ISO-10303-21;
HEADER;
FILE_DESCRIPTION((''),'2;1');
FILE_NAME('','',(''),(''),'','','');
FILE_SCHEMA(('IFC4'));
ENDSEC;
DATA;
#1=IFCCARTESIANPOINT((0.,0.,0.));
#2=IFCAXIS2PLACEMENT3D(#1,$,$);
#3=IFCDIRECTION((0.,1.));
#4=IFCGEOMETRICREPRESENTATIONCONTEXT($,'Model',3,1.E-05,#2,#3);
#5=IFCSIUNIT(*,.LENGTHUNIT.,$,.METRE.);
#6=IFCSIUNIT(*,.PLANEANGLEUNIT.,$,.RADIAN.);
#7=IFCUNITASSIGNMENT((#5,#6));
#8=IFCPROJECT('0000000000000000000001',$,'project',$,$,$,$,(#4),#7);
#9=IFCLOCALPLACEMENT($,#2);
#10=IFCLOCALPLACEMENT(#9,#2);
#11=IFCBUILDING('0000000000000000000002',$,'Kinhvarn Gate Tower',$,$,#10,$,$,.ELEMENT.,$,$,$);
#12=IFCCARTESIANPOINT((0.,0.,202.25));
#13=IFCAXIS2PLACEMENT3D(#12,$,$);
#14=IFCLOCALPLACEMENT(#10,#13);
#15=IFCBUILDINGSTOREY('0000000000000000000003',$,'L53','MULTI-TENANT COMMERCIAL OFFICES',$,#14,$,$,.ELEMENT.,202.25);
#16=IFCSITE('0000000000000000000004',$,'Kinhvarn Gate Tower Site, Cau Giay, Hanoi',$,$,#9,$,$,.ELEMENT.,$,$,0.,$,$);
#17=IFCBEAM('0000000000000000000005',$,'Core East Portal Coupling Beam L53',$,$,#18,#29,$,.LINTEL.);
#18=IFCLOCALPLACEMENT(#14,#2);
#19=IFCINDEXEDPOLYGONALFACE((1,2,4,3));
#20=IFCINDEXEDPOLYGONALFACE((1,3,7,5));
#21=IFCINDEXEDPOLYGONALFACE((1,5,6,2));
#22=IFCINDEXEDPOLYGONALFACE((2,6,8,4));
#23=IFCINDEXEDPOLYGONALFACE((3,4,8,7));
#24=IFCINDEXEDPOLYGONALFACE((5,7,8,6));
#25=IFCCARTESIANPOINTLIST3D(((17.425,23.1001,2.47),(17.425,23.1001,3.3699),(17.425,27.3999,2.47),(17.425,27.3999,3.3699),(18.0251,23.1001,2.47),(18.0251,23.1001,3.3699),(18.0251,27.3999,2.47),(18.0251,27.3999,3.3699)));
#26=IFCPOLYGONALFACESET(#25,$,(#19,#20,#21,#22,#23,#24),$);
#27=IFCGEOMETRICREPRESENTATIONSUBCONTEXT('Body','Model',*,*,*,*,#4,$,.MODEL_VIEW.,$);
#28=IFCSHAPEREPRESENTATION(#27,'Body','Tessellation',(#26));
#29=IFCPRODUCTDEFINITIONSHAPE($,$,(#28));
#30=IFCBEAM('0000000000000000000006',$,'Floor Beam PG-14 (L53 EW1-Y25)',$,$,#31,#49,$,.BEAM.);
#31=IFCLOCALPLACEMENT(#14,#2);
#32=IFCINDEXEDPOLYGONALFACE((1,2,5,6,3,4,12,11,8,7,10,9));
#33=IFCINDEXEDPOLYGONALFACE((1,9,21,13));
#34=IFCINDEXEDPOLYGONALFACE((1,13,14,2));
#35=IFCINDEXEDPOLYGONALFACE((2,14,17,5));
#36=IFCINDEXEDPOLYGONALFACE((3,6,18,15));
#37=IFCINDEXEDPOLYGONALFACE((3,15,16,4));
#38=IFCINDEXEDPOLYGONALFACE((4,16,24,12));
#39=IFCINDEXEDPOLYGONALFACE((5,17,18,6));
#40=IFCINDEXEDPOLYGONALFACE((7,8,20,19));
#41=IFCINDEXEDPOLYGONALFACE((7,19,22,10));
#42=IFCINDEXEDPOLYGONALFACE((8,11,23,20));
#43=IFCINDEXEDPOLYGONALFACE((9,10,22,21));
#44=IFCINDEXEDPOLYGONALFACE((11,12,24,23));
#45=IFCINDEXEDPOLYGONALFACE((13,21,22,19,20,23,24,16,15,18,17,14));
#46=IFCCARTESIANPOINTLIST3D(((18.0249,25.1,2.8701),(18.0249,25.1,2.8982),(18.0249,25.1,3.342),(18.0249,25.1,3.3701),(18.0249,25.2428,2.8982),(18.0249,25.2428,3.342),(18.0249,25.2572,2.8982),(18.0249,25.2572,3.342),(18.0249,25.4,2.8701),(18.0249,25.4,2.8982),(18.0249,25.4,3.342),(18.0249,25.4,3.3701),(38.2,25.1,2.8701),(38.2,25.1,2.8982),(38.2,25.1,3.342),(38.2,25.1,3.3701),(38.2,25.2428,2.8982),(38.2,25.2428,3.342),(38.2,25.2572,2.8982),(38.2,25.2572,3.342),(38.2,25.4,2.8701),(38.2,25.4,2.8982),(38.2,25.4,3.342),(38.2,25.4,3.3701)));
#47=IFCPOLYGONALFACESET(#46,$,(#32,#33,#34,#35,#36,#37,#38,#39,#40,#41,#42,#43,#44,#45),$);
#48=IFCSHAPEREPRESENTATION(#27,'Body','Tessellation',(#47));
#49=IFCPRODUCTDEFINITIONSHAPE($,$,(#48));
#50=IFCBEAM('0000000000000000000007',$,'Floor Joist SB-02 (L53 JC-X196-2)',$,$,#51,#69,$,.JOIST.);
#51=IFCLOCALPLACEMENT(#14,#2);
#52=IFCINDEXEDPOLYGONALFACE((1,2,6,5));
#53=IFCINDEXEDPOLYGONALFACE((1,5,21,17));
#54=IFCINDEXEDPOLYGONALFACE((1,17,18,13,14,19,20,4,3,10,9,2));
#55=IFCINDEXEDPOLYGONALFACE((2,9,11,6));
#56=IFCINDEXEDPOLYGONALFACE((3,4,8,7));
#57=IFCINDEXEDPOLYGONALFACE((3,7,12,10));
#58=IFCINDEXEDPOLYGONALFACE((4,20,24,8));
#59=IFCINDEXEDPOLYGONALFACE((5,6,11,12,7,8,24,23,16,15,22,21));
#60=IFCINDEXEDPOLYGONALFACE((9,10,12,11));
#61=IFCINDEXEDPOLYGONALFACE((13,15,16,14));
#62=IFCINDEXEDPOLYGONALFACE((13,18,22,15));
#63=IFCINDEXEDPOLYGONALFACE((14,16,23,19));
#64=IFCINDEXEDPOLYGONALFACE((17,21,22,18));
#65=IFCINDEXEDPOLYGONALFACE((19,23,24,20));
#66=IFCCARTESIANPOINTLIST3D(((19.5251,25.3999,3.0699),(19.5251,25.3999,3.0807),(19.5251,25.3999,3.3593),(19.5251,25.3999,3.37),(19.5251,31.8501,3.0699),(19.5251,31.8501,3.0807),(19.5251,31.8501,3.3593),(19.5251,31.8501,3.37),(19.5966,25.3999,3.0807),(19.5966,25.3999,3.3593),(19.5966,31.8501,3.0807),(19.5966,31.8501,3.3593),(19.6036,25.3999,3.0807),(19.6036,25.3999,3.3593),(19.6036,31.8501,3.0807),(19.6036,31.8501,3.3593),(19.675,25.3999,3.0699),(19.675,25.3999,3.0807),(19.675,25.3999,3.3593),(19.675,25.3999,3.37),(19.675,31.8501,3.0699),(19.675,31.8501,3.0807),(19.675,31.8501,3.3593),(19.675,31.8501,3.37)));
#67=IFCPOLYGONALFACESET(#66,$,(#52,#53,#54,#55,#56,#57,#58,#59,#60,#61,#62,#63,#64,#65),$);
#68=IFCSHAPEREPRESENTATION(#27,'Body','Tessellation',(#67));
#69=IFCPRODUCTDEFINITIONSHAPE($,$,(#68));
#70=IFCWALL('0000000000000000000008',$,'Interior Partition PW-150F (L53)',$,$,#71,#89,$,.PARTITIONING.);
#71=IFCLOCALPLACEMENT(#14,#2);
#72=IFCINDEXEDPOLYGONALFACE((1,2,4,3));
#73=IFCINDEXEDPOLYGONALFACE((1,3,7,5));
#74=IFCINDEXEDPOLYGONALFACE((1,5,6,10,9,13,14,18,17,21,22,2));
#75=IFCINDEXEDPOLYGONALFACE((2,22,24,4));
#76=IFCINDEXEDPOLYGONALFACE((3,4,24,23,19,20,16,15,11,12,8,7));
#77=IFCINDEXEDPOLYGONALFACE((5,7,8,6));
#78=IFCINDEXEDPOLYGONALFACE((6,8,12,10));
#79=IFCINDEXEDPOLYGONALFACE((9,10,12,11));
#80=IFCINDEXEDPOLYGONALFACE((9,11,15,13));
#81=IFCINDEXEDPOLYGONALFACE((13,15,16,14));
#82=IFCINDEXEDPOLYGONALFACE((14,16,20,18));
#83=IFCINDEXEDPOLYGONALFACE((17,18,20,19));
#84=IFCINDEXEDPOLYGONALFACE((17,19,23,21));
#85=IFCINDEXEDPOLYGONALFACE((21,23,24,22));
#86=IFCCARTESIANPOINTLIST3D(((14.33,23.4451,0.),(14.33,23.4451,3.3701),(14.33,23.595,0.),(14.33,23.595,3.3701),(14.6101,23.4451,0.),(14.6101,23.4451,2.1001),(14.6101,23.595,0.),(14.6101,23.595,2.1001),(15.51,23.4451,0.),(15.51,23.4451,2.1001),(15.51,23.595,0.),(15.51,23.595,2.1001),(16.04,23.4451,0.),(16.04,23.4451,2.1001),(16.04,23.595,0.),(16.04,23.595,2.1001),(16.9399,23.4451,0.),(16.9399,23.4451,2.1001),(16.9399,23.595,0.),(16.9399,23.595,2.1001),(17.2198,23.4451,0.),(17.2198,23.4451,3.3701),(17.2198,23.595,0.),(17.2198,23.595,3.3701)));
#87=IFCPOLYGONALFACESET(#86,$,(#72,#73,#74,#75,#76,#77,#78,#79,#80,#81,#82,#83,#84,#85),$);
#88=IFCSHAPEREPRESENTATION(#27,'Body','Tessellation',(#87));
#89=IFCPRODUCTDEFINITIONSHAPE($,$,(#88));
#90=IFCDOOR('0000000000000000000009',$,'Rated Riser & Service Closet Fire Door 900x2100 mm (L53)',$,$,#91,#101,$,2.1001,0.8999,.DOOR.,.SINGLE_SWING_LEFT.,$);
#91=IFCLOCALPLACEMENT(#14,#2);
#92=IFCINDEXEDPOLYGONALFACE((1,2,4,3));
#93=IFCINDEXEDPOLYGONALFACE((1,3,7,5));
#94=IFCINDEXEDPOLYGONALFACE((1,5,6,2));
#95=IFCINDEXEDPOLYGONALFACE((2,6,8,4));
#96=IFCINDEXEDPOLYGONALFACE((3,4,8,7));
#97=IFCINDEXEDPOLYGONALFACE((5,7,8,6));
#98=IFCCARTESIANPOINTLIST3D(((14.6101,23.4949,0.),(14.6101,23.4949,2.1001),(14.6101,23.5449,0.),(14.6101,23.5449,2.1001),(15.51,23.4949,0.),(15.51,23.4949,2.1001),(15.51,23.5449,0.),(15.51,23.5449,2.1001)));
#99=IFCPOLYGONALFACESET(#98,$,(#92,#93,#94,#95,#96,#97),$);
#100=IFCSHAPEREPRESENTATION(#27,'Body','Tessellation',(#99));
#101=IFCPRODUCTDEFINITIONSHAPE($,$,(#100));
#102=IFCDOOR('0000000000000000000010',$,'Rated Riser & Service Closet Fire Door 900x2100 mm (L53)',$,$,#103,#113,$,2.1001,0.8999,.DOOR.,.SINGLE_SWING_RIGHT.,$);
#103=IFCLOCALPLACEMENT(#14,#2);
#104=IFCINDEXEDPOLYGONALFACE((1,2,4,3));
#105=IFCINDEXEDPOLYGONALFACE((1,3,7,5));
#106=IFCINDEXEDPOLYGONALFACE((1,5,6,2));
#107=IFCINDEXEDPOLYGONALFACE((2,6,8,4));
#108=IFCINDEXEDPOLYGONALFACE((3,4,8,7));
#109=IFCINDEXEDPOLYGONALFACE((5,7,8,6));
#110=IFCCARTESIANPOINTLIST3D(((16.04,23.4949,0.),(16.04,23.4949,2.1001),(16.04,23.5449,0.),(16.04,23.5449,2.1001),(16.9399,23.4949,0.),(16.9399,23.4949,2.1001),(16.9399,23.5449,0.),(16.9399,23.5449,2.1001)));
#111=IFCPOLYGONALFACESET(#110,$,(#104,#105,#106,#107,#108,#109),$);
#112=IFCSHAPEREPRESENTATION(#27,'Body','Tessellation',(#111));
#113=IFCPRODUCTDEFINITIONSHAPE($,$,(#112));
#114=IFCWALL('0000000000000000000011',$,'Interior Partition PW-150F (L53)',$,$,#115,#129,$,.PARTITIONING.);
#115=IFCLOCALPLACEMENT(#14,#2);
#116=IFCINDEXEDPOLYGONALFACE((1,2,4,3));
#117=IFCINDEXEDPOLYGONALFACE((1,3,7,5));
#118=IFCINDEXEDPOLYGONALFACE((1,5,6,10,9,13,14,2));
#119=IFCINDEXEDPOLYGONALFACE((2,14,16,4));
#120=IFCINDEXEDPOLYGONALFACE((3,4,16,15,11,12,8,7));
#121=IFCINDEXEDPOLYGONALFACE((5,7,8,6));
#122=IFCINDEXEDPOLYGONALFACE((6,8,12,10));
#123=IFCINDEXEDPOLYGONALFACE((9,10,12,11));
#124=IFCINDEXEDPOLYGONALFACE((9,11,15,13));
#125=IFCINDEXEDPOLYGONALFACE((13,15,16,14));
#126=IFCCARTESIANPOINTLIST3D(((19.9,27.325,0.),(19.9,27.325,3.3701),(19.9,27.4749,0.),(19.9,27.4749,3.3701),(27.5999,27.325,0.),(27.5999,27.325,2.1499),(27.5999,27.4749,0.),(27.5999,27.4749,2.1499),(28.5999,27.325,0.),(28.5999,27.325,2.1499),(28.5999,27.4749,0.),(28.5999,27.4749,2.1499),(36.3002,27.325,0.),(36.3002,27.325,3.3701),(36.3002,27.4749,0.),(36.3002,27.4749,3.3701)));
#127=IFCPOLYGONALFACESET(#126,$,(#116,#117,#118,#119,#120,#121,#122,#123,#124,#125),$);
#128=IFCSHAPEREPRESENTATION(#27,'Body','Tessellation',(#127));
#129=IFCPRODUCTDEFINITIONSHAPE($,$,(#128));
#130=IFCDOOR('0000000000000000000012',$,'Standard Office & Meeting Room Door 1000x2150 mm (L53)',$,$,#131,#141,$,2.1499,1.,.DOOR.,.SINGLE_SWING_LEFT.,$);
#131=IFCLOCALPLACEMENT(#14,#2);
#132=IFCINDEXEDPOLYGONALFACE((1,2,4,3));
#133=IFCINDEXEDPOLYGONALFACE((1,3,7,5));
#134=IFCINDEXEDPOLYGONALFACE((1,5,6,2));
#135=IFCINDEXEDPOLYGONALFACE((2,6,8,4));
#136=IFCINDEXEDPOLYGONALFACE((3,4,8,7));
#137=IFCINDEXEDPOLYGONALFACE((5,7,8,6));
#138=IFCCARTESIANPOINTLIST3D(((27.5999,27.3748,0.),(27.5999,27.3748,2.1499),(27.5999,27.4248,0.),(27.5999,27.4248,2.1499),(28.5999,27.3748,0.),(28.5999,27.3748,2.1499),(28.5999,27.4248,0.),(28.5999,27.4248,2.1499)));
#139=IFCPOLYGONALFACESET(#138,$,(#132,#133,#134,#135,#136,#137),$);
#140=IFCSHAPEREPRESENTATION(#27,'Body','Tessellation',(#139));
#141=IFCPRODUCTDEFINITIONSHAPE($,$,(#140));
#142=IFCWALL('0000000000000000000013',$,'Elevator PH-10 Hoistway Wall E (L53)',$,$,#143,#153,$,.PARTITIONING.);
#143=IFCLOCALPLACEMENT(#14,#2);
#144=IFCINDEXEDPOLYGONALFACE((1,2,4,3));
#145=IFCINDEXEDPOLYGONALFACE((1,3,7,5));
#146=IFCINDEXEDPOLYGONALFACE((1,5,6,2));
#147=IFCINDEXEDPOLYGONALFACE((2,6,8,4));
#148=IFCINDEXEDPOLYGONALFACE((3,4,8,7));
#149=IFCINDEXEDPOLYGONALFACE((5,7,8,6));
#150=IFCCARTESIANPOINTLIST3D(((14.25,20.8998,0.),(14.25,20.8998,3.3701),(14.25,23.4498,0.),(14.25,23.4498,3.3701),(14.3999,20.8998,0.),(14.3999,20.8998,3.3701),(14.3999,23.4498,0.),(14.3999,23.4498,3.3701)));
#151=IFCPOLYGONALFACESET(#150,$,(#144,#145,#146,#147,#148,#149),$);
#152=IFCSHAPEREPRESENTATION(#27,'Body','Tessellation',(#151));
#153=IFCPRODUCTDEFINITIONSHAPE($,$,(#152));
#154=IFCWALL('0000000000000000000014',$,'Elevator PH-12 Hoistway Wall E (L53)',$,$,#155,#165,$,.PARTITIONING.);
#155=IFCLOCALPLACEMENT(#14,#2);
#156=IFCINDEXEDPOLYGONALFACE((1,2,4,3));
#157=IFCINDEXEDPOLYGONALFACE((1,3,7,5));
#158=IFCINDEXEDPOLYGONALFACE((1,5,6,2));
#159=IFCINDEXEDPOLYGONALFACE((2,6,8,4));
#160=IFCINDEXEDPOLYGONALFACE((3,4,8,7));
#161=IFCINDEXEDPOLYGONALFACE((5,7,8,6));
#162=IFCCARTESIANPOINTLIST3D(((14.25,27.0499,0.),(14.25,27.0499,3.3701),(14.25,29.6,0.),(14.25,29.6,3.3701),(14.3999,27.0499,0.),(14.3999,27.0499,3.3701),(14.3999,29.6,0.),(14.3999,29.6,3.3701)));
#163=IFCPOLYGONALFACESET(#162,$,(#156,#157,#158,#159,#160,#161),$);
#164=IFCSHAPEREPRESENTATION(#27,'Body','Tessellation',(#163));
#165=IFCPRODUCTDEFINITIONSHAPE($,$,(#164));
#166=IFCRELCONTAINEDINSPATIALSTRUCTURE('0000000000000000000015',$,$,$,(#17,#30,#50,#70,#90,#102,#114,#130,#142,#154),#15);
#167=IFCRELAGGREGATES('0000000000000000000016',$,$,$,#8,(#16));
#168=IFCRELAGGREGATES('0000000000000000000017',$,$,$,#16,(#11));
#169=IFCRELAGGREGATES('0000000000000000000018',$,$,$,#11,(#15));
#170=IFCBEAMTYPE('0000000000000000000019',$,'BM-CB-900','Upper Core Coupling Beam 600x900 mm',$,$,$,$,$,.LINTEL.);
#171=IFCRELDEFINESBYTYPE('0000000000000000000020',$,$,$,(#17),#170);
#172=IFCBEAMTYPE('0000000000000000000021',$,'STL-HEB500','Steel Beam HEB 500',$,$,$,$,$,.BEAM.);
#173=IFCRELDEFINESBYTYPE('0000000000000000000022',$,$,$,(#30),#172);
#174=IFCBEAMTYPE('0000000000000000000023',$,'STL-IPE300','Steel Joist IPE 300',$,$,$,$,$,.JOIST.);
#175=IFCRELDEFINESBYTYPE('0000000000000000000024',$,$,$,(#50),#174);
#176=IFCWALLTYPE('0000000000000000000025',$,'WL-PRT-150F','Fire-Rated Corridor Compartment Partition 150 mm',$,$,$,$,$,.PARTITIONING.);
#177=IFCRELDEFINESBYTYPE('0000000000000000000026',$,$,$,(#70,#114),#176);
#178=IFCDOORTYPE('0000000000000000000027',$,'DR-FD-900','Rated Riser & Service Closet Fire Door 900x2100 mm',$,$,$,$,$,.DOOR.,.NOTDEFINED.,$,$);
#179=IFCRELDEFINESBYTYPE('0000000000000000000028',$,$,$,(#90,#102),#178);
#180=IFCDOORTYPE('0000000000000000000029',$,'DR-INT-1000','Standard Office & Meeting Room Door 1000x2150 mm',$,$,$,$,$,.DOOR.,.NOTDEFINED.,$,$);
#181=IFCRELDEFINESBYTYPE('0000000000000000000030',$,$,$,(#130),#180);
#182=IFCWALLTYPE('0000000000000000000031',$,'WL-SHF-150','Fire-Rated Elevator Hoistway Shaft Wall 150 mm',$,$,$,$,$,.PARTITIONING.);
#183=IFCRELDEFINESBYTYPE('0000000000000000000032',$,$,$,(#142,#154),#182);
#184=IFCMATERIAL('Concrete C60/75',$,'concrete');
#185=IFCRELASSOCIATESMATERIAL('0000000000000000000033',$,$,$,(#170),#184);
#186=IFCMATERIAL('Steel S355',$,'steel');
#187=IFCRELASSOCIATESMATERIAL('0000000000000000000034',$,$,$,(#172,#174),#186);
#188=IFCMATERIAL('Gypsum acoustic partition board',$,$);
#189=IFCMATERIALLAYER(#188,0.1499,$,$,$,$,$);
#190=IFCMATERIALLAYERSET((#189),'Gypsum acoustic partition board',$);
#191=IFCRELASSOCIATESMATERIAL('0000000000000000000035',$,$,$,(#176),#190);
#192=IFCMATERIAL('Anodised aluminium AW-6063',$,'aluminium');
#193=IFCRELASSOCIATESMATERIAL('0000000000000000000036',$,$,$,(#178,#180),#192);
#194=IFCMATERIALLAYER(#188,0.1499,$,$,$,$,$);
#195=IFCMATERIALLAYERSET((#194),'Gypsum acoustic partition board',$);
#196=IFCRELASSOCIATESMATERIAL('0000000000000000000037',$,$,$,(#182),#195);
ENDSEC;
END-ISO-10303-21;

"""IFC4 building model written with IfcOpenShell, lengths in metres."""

from ifc_helpers import new_model, si_unit, direction, frame, frame_2d, origin, origin_2d, place, context, subcontext, project, spatial, rectangle, i_section, extrude, material, layer, layer_set, material_profile, profile_set, type_object, element, fill, save


model = new_model("IFC4")

# Units and contexts
model_context = context("Model", 3, precision=1e-05, world=origin(), true_north=direction((0.0, 1.0)))
body_context = subcontext(model_context, "Body", "Model", "MODEL_VIEW")
ifc_project = project(units=[si_unit("LENGTHUNIT", "METRE"), si_unit("PLANEANGLEUNIT", "RADIAN")], contexts=[model_context])

# Site, building, storey
site_placement = place(None, origin())
site = spatial("IfcSite", under=ifc_project, at=site_placement, Name="Kinhvarn Gate Tower Site, Cau Giay, Hanoi", CompositionType="ELEMENT", RefElevation=0.0)
building_placement = place(site_placement, origin())
building = spatial("IfcBuilding", under=site, at=building_placement, Name="Kinhvarn Gate Tower", CompositionType="ELEMENT")
storey_placement = place(building_placement, frame((0.0, 0.0, 202.25)))
storey = spatial("IfcBuildingStorey", under=building, at=storey_placement, Name="L53", Description="MULTI-TENANT COMMERCIAL OFFICES", CompositionType="ELEMENT", Elevation=202.25)

# Beams
ifc_material_1 = material(Name="Concrete C60/75", Category="concrete")
ifc_material_profile_1 = material_profile(ifc_material_1, rectangle(XDim=0.6001, YDim=0.8999, at=origin_2d()), Name="RC 600x900")
ifc_profile_set_1 = profile_set([ifc_material_profile_1], Name="Concrete C60/75")
beam_type_1 = type_object("IfcBeamType", Name="BM-CB-900", Description="Upper Core Coupling Beam 600x900 mm", PredefinedType="LINTEL", material=ifc_profile_set_1)
beam_1_placement = place(storey_placement, frame((17.7251, 23.1001, 2.9199), z_axis=(0.0, 1.0, 0.0), x_axis=(-1.0, 0.0, 0.0)))
element("IfcBeam", 1, at=beam_1_placement, inside=storey, type_object=beam_type_1, Name="Core East Portal Coupling Beam L53", PredefinedType="LINTEL", context=body_context, shape_type="SweptSolid", body=[
    extrude(rectangle(XDim=0.6001, YDim=0.8999, at=origin_2d()), origin(), (0.0, 0.0, 1.0), 4.2998),
])
ifc_material_2 = material(Name="Steel S355", Category="steel")
ifc_material_profile_2 = material_profile(ifc_material_2, i_section(OverallWidth=0.3, OverallDepth=0.5, WebThickness=0.0144, FlangeThickness=0.0281, at=origin_2d()), Name="HEB 500")
ifc_profile_set_2 = profile_set([ifc_material_profile_2], Name="Steel S355")
beam_type_2 = type_object("IfcBeamType", Name="STL-HEB500", Description="Steel Beam HEB 500", PredefinedType="BEAM", material=ifc_profile_set_2)
beam_2_placement = place(storey_placement, frame((18.0249, 25.25, 3.1201), z_axis=(1.0, 0.0, 0.0), x_axis=(0.0, 1.0, 0.0)))
element("IfcBeam", 2, at=beam_2_placement, inside=storey, type_object=beam_type_2, Name="Floor Beam PG-14 (L53 EW1-Y25)", PredefinedType="BEAM", context=body_context, shape_type="SweptSolid", body=[
    extrude(i_section(OverallWidth=0.3, OverallDepth=0.5, WebThickness=0.0144, FlangeThickness=0.0281, at=origin_2d()), origin(), (0.0, 0.0, 1.0), 20.175),
])
ifc_material_profile_3 = material_profile(ifc_material_2, i_section(OverallWidth=0.1499, OverallDepth=0.3, WebThickness=0.0071, FlangeThickness=0.0107, at=origin_2d()), Name="IPE 300")
ifc_profile_set_3 = profile_set([ifc_material_profile_3], Name="Steel S355")
beam_type_3 = type_object("IfcBeamType", Name="STL-IPE300", Description="Steel Joist IPE 300", PredefinedType="JOIST", material=ifc_profile_set_3)
beam_3_placement = place(storey_placement, frame((19.6001, 25.3999, 3.22), z_axis=(0.0, 1.0, 0.0), x_axis=(-1.0, 0.0, 0.0)))
element("IfcBeam", 3, at=beam_3_placement, inside=storey, type_object=beam_type_3, Name="Floor Joist SB-02 (L53 JC-X196-2)", PredefinedType="JOIST", context=body_context, shape_type="SweptSolid", body=[
    extrude(i_section(OverallWidth=0.1499, OverallDepth=0.3, WebThickness=0.0071, FlangeThickness=0.0107, at=origin_2d()), origin(), (0.0, 0.0, 1.0), 6.4502),
])

# Shared definitions
ifc_material_3 = material(Name="Anodised aluminium AW-6063", Category="aluminium")

# Wall, openings, doors
ifc_material_4 = material(Name="Gypsum acoustic partition board")
ifc_layer_1 = layer(ifc_material_4, 0.1499)
ifc_layer_set_1 = layer_set([ifc_layer_1], Name="Gypsum acoustic partition board")
wall_type_1 = type_object("IfcWallType", Name="WL-PRT-150F", Description="Fire-Rated Corridor Compartment Partition 150 mm", PredefinedType="PARTITIONING", material=ifc_layer_set_1)
wall_1_placement = place(storey_placement, frame((14.3301, 23.52, 0.0), z_axis=(0.0, 0.0, 1.0), x_axis=(1.0, 0.0, 0.0)))
wall_1 = element("IfcWall", 4, at=wall_1_placement, inside=storey, type_object=wall_type_1, Name="Interior Partition PW-150F (L53)", PredefinedType="PARTITIONING", context=body_context, shape_type="SweptSolid", body=[
    extrude(rectangle(XDim=2.8899, YDim=0.1499, at=frame_2d((1.4448, 0.0))), origin(), (0.0, 0.0, 1.0), 3.3701),
])
opening_1_placement = place(wall_1_placement, frame((0.28, 0.0, 0.0)))
opening_1 = element("IfcOpeningElement", 5, at=opening_1_placement, cuts=wall_1, PredefinedType="OPENING", context=body_context, shape_type="SweptSolid", body=[
    extrude(rectangle(XDim=0.8999, YDim=2.1001, at=frame_2d((0.45, 1.05))), frame((0.0, 0.085, 0.0), z_axis=(0.0, -1.0, 0.0), x_axis=(1.0, 0.0, 0.0)), (0.0, 0.0, 1.0), 0.1699),
])
opening_2_placement = place(wall_1_placement, frame((1.71, 0.0, 0.0)))
opening_2 = element("IfcOpeningElement", 6, at=opening_2_placement, cuts=wall_1, PredefinedType="OPENING", context=body_context, shape_type="SweptSolid", body=[
    extrude(rectangle(XDim=0.8999, YDim=2.1001, at=frame_2d((0.45, 1.05))), frame((0.0, 0.085, 0.0), z_axis=(0.0, -1.0, 0.0), x_axis=(1.0, 0.0, 0.0)), (0.0, 0.0, 1.0), 0.1699),
])
door_type_1 = type_object("IfcDoorType", Name="DR-FD-900", Description="Rated Riser & Service Closet Fire Door 900x2100 mm", OperationType="NOTDEFINED", PredefinedType="DOOR", material=ifc_material_3)
door_1_placement = place(opening_1_placement, origin())
door_1 = element("IfcDoor", 7, at=door_1_placement, inside=storey, type_object=door_type_1, Name="Rated Riser & Service Closet Fire Door 900x2100 mm (L53)", OperationType="SINGLE_SWING_LEFT", OverallHeight=2.1001, OverallWidth=0.8999, PredefinedType="DOOR", context=body_context, shape_type="SweptSolid", body=[
    extrude(rectangle(XDim=0.8999, YDim=2.1001, at=frame_2d((0.45, 1.05))), frame((0.0, 0.0249, 0.0), z_axis=(0.0, -1.0, 0.0), x_axis=(1.0, 0.0, 0.0)), (0.0, 0.0, 1.0), 0.05),
])
fill(opening_1, door_1)
door_2_placement = place(opening_2_placement, origin())
door_2 = element("IfcDoor", 8, at=door_2_placement, inside=storey, type_object=door_type_1, Name="Rated Riser & Service Closet Fire Door 900x2100 mm (L53)", OperationType="SINGLE_SWING_RIGHT", OverallHeight=2.1001, OverallWidth=0.8999, PredefinedType="DOOR", context=body_context, shape_type="SweptSolid", body=[
    extrude(rectangle(XDim=0.8999, YDim=2.1001, at=frame_2d((0.45, 1.05))), frame((0.0, 0.0249, 0.0), z_axis=(0.0, -1.0, 0.0), x_axis=(1.0, 0.0, 0.0)), (0.0, 0.0, 1.0), 0.05),
])
fill(opening_2, door_2)

# Wall, opening, door
wall_2_placement = place(storey_placement, frame((19.8999, 27.3999, 0.0), z_axis=(0.0, 0.0, 1.0), x_axis=(1.0, 0.0, 0.0)))
wall_2 = element("IfcWall", 9, at=wall_2_placement, inside=storey, type_object=wall_type_1, Name="Interior Partition PW-150F (L53)", PredefinedType="PARTITIONING", context=body_context, shape_type="SweptSolid", body=[
    extrude(rectangle(XDim=16.4001, YDim=0.1499, at=frame_2d((8.2002, 0.0))), origin(), (0.0, 0.0, 1.0), 3.3701),
])
opening_3_placement = place(wall_2_placement, frame((7.7, 0.0, 0.0)))
opening_3 = element("IfcOpeningElement", 10, at=opening_3_placement, cuts=wall_2, PredefinedType="OPENING", context=body_context, shape_type="SweptSolid", body=[
    extrude(rectangle(XDim=1.0, YDim=2.1499, at=frame_2d((0.5, 1.075))), frame((0.0, 0.085, 0.0), z_axis=(0.0, -1.0, 0.0), x_axis=(1.0, 0.0, 0.0)), (0.0, 0.0, 1.0), 0.1699),
])
door_type_2 = type_object("IfcDoorType", Name="DR-INT-1000", Description="Standard Office & Meeting Room Door 1000x2150 mm", OperationType="NOTDEFINED", PredefinedType="DOOR", material=ifc_material_3)
door_3_placement = place(opening_3_placement, origin())
door_3 = element("IfcDoor", 11, at=door_3_placement, inside=storey, type_object=door_type_2, Name="Standard Office & Meeting Room Door 1000x2150 mm (L53)", OperationType="SINGLE_SWING_LEFT", OverallHeight=2.1499, OverallWidth=1.0, PredefinedType="DOOR", context=body_context, shape_type="SweptSolid", body=[
    extrude(rectangle(XDim=1.0, YDim=2.1499, at=frame_2d((0.5, 1.075))), frame((0.0, 0.0249, 0.0), z_axis=(0.0, -1.0, 0.0), x_axis=(1.0, 0.0, 0.0)), (0.0, 0.0, 1.0), 0.05),
])
fill(opening_3, door_3)

# Walls
ifc_layer_2 = layer(ifc_material_4, 0.1499)
ifc_layer_set_2 = layer_set([ifc_layer_2], Name="Gypsum acoustic partition board")
wall_type_2 = type_object("IfcWallType", Name="WL-SHF-150", Description="Fire-Rated Elevator Hoistway Shaft Wall 150 mm", PredefinedType="PARTITIONING", material=ifc_layer_set_2)
for number, where, z_axis, x_axis, name in (
    (12, (14.325, 20.8999, 0.0), (0.0, 0.0, 1.0), (0.0, 1.0, 0.0), "Elevator PH-10 Hoistway Wall E (L53)"),
    (13, (14.325, 27.05, 0.0), (0.0, 0.0, 1.0), (0.0, 1.0, 0.0), "Elevator PH-12 Hoistway Wall E (L53)"),
):
    element("IfcWall", number, at=place(storey_placement, frame(where, z_axis=z_axis, x_axis=x_axis)), inside=storey, type_object=wall_type_2, Name=name, PredefinedType="PARTITIONING", context=body_context, shape_type="SweptSolid", body=[
        extrude(rectangle(XDim=2.55, YDim=0.1499, at=frame_2d((1.2749, 0.0))), origin(), (0.0, 0.0, 1.0), 3.3701),
    ])

save(model, "model.ifc")
